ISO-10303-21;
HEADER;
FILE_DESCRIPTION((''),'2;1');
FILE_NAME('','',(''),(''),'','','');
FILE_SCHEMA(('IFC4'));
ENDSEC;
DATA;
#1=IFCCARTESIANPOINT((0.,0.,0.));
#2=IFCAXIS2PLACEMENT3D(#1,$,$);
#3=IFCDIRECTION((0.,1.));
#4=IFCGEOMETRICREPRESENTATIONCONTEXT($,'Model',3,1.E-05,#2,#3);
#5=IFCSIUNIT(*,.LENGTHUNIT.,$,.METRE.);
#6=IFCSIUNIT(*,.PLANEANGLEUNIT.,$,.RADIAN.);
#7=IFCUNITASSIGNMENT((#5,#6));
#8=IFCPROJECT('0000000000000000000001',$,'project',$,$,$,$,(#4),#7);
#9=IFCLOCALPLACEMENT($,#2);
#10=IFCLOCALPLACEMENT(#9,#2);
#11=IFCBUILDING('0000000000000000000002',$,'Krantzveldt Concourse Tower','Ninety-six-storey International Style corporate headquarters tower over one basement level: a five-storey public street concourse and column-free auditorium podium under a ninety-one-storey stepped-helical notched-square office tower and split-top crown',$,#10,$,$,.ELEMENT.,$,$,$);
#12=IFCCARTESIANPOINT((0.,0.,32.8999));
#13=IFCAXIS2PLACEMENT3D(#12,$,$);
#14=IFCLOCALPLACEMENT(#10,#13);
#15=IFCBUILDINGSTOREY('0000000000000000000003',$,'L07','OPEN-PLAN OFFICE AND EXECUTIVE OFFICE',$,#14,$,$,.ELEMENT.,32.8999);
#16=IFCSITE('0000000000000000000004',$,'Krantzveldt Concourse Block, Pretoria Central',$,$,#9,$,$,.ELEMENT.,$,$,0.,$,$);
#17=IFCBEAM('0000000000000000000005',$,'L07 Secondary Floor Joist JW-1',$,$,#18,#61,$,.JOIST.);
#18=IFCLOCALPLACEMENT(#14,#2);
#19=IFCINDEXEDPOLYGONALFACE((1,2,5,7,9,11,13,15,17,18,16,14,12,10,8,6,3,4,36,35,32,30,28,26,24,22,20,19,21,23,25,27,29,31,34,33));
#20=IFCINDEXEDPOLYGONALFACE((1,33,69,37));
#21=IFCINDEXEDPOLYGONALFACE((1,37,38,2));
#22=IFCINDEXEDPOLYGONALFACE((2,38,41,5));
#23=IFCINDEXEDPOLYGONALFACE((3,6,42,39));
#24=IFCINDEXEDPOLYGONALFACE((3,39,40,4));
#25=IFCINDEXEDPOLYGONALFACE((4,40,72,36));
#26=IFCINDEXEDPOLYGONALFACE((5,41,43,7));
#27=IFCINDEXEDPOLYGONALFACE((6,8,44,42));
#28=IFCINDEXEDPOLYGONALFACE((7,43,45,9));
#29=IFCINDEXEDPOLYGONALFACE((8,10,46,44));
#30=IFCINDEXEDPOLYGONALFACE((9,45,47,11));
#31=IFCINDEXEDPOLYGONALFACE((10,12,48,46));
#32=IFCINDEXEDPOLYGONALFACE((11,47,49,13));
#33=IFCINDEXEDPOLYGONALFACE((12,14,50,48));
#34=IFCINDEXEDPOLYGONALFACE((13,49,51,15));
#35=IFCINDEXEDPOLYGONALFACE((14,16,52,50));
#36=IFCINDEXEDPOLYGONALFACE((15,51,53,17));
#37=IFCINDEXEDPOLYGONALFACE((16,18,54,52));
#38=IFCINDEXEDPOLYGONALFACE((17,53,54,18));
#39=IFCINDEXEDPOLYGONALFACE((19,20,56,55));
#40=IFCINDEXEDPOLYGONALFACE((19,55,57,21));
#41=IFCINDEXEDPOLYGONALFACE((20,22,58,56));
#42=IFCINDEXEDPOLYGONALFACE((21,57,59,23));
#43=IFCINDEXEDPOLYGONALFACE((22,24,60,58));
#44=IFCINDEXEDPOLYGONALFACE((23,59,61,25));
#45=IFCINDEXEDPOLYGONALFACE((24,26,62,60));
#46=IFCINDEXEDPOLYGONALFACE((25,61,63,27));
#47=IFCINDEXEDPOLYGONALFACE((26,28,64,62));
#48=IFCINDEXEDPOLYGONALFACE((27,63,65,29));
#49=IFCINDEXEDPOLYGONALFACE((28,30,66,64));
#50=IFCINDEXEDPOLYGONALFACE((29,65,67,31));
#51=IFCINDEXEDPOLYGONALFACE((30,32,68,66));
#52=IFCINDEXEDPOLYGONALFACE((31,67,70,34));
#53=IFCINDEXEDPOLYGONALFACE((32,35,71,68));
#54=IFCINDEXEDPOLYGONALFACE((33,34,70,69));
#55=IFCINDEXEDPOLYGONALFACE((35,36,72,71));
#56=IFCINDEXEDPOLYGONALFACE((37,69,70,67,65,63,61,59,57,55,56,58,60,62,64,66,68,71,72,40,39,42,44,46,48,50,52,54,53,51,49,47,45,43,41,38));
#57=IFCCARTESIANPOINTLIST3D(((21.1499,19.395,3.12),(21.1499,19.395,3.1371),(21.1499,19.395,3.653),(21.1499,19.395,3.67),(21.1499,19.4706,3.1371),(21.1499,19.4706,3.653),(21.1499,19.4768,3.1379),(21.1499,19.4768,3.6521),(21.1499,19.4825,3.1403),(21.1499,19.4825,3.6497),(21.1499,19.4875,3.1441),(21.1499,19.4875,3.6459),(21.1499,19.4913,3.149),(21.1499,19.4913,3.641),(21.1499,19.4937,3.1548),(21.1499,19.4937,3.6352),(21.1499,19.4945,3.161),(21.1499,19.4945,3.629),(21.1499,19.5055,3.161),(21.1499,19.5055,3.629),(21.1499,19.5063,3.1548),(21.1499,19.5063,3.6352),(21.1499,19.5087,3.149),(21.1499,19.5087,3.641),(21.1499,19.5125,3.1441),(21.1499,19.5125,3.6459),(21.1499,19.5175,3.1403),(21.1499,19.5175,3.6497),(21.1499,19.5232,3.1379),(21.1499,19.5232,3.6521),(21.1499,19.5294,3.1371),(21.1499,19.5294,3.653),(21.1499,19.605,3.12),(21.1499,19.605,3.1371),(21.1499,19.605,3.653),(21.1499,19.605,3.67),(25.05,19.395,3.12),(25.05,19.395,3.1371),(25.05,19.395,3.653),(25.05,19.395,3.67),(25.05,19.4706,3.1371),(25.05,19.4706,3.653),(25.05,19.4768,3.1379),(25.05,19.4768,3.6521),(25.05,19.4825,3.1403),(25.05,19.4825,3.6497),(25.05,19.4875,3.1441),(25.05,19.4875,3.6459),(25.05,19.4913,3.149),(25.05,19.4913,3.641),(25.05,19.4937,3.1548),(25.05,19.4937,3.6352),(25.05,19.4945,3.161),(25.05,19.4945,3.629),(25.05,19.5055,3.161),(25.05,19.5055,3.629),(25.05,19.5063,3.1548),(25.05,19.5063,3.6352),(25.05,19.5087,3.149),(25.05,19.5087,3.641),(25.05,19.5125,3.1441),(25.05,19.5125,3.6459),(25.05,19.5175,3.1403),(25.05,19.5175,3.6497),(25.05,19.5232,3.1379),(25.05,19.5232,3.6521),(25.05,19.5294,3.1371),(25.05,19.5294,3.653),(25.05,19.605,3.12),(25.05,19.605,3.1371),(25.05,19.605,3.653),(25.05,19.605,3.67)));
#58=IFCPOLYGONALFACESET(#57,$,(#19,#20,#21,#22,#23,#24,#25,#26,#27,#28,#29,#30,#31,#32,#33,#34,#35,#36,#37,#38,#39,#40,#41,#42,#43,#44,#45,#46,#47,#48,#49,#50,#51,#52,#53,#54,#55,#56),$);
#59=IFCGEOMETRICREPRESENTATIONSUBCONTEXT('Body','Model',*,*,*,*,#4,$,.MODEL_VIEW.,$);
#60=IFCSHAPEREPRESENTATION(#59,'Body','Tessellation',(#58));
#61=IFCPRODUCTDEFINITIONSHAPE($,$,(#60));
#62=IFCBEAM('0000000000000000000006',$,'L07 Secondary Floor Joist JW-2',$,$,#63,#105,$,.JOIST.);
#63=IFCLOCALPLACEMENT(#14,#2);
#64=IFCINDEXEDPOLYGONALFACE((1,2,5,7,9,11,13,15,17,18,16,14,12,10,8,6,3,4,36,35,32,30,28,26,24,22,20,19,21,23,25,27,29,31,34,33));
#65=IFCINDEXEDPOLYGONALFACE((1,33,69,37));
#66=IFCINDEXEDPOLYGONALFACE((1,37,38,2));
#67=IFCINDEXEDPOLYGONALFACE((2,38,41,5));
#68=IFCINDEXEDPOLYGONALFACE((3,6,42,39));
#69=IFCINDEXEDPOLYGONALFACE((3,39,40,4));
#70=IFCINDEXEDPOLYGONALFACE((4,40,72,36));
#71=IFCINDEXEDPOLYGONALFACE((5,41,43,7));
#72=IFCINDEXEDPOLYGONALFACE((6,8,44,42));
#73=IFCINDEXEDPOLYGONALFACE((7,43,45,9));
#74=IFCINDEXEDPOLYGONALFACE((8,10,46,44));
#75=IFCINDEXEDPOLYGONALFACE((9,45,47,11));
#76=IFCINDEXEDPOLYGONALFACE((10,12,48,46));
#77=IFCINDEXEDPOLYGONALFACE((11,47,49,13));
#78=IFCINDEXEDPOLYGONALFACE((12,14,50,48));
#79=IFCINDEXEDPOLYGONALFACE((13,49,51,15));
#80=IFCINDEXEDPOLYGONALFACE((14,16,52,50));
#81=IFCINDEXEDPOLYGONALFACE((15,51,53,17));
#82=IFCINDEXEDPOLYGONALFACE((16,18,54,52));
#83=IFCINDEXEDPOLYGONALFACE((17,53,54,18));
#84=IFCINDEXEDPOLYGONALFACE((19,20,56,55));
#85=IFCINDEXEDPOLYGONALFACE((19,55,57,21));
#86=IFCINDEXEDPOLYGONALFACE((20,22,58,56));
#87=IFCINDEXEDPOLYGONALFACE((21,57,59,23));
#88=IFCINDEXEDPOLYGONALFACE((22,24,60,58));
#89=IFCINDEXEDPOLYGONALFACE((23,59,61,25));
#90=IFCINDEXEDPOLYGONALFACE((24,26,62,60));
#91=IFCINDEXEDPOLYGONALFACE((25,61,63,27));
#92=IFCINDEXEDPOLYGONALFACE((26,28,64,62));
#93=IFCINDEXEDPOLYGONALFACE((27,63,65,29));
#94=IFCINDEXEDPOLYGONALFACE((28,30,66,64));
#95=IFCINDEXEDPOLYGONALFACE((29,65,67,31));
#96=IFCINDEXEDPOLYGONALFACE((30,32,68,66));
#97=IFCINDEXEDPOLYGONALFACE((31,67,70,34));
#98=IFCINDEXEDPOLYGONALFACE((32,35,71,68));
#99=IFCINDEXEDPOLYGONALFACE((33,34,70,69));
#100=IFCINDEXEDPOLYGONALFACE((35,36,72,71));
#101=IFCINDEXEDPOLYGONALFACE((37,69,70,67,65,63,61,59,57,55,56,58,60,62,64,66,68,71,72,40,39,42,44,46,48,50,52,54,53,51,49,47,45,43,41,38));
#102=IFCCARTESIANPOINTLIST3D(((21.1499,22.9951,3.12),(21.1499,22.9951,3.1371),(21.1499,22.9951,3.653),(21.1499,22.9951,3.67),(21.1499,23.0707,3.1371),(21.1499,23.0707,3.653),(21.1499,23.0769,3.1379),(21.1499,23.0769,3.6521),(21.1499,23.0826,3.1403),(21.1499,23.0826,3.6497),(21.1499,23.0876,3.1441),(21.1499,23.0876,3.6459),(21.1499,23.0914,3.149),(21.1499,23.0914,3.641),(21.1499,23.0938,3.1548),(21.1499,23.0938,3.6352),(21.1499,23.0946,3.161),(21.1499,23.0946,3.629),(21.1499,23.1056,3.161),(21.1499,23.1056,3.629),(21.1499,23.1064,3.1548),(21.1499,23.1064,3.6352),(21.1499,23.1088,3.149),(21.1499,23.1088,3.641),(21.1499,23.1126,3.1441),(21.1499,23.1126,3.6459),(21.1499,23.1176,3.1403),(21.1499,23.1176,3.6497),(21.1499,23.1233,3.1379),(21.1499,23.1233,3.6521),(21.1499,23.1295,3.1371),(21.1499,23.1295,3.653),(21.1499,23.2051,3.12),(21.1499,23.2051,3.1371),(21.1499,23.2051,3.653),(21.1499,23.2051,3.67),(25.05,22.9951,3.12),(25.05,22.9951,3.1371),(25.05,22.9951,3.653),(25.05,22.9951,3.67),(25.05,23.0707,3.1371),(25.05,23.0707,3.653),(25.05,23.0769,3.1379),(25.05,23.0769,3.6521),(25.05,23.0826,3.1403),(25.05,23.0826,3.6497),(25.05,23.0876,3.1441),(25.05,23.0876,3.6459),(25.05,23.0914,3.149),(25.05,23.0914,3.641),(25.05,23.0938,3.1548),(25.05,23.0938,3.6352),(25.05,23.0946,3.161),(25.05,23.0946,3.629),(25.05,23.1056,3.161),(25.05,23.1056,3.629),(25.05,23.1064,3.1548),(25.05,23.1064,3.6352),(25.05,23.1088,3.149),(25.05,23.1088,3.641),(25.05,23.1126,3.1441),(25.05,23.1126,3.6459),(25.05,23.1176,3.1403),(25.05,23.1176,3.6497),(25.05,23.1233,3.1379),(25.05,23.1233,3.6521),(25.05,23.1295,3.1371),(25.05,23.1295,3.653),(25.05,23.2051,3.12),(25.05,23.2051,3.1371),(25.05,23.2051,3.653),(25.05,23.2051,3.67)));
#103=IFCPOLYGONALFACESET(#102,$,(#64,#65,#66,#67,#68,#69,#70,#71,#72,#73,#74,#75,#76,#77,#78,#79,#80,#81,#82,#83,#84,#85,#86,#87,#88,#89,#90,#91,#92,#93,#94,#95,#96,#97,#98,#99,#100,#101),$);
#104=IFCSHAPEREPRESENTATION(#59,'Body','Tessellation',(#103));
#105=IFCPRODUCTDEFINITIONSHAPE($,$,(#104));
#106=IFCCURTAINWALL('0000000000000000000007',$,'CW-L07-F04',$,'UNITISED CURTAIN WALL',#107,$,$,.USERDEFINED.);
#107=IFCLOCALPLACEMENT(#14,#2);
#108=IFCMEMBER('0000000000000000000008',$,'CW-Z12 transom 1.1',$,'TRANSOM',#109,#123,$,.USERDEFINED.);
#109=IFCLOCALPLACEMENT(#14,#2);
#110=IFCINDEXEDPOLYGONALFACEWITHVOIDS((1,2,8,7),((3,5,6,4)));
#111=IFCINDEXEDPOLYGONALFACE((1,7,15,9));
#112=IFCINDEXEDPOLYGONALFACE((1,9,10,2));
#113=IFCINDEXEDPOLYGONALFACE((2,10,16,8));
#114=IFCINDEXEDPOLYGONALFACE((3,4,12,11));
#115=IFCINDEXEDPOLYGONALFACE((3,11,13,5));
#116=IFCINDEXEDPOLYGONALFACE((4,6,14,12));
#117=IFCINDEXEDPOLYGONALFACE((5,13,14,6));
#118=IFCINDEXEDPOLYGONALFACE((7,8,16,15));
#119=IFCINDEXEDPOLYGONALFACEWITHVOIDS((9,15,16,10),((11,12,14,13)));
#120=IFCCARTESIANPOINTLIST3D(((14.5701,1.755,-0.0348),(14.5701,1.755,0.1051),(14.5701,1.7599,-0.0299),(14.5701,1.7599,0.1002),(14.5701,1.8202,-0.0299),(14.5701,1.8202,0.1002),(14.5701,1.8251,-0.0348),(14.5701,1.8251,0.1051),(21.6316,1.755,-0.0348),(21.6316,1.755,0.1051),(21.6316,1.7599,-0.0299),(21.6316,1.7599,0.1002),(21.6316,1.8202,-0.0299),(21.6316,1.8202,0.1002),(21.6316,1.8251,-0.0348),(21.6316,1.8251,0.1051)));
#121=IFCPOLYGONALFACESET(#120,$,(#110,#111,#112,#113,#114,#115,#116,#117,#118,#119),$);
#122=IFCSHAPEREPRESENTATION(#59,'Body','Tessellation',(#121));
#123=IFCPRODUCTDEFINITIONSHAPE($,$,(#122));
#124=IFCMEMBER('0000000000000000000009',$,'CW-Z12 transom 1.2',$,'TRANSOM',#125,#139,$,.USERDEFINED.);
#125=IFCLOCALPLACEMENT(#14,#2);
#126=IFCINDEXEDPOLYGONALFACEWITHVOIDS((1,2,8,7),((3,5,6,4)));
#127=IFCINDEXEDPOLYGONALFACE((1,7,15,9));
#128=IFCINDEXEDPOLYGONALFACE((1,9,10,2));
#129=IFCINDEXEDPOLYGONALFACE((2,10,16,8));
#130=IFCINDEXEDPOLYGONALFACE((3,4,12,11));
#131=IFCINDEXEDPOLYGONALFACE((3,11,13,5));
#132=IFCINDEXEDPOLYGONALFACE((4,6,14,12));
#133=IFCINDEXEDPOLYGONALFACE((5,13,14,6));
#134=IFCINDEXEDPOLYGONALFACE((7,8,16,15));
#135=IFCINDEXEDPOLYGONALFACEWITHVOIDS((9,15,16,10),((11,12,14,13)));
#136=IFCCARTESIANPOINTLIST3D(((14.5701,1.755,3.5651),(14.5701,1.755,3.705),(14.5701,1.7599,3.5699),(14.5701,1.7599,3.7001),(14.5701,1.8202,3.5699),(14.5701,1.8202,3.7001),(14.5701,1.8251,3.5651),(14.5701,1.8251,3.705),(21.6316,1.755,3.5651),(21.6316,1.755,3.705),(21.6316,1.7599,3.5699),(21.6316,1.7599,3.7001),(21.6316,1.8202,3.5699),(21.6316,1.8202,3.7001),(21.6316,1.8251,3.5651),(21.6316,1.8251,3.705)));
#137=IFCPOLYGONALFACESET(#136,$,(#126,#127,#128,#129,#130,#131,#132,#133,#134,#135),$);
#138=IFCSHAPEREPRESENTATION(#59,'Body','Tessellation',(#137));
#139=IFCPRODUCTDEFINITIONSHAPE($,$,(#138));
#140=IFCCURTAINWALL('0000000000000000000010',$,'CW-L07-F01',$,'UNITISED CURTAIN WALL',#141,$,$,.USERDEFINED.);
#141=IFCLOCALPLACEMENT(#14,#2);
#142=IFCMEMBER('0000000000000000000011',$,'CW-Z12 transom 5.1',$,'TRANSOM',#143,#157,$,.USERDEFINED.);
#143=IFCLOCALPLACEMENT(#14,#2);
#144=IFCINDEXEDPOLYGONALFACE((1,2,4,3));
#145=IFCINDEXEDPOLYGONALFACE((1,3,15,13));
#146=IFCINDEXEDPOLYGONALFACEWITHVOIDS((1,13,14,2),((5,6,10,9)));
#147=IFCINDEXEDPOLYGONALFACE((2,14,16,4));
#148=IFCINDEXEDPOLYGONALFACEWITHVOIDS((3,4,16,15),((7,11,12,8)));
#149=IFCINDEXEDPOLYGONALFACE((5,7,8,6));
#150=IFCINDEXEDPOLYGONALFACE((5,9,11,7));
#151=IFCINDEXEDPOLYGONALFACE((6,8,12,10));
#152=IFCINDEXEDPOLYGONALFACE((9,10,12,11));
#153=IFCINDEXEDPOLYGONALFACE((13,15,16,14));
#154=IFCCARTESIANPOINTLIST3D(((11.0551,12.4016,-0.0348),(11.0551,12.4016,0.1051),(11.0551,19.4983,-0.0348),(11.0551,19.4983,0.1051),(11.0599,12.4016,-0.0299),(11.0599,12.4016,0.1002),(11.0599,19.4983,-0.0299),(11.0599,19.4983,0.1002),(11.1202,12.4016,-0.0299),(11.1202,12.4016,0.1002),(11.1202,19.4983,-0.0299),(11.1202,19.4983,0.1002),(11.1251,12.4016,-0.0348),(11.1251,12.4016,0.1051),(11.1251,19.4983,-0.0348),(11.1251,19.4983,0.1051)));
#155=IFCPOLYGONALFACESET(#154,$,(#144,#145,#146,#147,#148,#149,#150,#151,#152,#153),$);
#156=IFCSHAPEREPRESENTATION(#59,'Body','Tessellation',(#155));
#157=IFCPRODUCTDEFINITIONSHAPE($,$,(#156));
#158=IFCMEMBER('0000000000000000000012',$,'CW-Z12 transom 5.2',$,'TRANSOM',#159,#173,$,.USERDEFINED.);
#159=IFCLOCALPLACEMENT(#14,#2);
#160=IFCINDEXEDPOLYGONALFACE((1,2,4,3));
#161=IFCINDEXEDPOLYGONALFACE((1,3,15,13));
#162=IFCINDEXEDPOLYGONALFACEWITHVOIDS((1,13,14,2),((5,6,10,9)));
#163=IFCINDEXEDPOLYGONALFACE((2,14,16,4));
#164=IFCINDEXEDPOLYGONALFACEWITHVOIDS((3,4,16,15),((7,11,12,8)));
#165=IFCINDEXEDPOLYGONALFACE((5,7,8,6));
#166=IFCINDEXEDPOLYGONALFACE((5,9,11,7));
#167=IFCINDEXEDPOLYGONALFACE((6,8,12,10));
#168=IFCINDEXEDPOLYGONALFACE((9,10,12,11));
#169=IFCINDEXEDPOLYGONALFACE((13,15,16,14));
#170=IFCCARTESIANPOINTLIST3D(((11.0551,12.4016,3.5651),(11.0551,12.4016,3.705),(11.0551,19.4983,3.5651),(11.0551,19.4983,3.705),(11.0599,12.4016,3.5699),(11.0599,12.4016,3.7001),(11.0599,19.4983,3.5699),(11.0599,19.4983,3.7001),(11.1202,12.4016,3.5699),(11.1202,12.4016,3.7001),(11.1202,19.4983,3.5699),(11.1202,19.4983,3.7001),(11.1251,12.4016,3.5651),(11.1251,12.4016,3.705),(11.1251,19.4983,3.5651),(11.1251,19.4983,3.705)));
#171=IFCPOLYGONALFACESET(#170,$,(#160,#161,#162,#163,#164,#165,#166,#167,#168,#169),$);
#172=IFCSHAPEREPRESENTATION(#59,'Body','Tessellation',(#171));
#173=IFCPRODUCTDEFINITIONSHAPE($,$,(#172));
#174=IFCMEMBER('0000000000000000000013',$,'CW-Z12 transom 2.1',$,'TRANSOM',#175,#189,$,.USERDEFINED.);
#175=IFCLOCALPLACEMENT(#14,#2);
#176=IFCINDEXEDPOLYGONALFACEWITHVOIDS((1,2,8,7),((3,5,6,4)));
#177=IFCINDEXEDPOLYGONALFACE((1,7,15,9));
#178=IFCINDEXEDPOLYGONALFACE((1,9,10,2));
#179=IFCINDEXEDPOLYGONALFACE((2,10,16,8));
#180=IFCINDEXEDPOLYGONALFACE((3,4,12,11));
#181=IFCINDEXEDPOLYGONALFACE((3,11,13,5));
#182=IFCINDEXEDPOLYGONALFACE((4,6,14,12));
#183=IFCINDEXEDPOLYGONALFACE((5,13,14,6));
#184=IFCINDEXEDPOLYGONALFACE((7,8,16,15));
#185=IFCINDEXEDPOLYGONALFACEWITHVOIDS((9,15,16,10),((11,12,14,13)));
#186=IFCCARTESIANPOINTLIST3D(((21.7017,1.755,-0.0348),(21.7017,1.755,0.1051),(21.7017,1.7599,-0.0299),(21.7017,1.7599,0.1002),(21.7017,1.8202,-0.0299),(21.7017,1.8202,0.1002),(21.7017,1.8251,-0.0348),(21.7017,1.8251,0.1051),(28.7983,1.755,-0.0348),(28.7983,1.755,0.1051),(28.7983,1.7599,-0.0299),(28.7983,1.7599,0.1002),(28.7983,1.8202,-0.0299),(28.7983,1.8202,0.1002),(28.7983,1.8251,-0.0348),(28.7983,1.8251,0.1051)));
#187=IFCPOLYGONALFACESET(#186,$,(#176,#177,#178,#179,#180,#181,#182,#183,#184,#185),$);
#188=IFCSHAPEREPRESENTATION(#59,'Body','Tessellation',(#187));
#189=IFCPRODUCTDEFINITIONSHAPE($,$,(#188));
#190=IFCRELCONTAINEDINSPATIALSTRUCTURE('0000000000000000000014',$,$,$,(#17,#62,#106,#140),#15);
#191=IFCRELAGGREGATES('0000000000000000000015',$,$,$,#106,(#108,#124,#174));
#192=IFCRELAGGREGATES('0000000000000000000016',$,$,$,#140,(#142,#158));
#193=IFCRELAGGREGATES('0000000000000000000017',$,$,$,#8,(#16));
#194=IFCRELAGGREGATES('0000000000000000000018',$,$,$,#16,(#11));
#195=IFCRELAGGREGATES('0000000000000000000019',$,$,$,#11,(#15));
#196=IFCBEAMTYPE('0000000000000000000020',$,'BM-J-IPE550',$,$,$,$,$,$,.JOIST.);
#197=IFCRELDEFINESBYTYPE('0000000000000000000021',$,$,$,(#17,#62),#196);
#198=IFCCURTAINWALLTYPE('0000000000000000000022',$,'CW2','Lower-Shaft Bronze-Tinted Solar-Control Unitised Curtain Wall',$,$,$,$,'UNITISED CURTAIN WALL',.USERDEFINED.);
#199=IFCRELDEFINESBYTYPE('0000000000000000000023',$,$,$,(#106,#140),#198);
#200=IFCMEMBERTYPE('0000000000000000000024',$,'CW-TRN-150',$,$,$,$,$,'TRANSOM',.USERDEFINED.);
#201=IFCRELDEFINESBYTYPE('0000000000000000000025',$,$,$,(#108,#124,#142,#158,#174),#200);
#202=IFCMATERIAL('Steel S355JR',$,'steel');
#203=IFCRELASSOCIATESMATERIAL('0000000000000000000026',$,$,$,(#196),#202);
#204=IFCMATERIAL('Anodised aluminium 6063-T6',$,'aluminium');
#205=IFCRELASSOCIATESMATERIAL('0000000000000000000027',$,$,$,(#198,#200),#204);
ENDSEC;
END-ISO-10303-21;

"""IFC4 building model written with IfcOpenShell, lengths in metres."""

from ifc_helpers import new_model, si_unit, direction, frame, origin, origin_2d, place, context, subcontext, project, spatial, hollow_rectangle, i_section, extrude, source, transform, mapped, material, material_profile, profile_set, type_object, type_shapes, element, aggregate, save


model = new_model("IFC4")

# Units and contexts
model_context = context("Model", 3, precision=1e-05, world=origin(), true_north=direction((0.0, 1.0)))
body_context = subcontext(model_context, "Body", "Model", "MODEL_VIEW")
ifc_project = project(units=[si_unit("LENGTHUNIT", "METRE"), si_unit("PLANEANGLEUNIT", "RADIAN")], contexts=[model_context])

# Site, building, storey
site_placement = place(None, origin())
site = spatial("IfcSite", under=ifc_project, at=site_placement, Name="Krantzveldt Concourse Block, Pretoria Central", CompositionType="ELEMENT", RefElevation=0.0)
building_placement = place(site_placement, origin())
building = spatial("IfcBuilding", under=site, at=building_placement, Name="Krantzveldt Concourse Tower", Description="Ninety-six-storey International Style corporate headquarters tower over one basement level: a five-storey public street concourse and column-free auditorium podium under a ninety-one-storey stepped-helical notched-square office tower and split-top crown", CompositionType="ELEMENT")
storey_placement = place(building_placement, frame((0.0, 0.0, 32.8999)))
storey = spatial("IfcBuildingStorey", under=building, at=storey_placement, Name="L07", Description="OPEN-PLAN OFFICE AND EXECUTIVE OFFICE", CompositionType="ELEMENT", Elevation=32.8999)

# Beams
ifc_material_1 = material(Name="Steel S355JR", Category="steel")
ifc_material_profile_1 = material_profile(ifc_material_1, i_section(OverallWidth=0.21, OverallDepth=0.55, WebThickness=0.011, FlangeThickness=0.0171, FilletRadius=0.0239, at=origin_2d()), Name="Steel S355JR", Category="steel")
ifc_profile_set_1 = profile_set([ifc_material_profile_1], Name="Steel S355JR - IPE 550")
beam_type_1 = type_object("IfcBeamType", Name="BM-J-IPE550", PredefinedType="JOIST", material=ifc_profile_set_1)
shared_shape_1 = source(origin(), body_context, "Body", "SweptSolid", [
    extrude(i_section(OverallWidth=0.21, OverallDepth=0.55, WebThickness=0.011, FlangeThickness=0.0171, FilletRadius=0.0239, at=origin_2d()), origin(), (0.0, 0.0, 1.0), 3.9001),
])
type_shapes(beam_type_1, [shared_shape_1])
for number, where, z_axis, x_axis, name in (
    (1, (21.1499, 19.5, 3.395), (1.0, 0.0, 0.0), (0.0, 1.0, 0.0), "L07 Secondary Floor Joist JW-1"),
    (2, (21.1499, 23.1001, 3.395), (1.0, 0.0, 0.0), (0.0, 1.0, 0.0), "L07 Secondary Floor Joist JW-2"),
):
    element("IfcBeam", number, at=place(storey_placement, frame(where, z_axis=z_axis, x_axis=x_axis)), inside=storey, type_object=beam_type_1, Name=name, PredefinedType="JOIST", context=body_context, shape_type="MappedRepresentation", body=[
        mapped(shared_shape_1, transform((0.0, 0.0, 0.0), x_axis=(1.0, 0.0, 0.0), y_axis=(0.0, 1.0, 0.0), z_axis=(0.0, 0.0, 1.0), scale=1.0)),
    ])

# Curtain walls, members
ifc_material_2 = material(Name="Anodised aluminium 6063-T6", Category="aluminium")
curtain_wall_type = type_object("IfcCurtainWallType", Name="CW2", Description="Lower-Shaft Bronze-Tinted Solar-Control Unitised Curtain Wall", ElementType="UNITISED CURTAIN WALL", PredefinedType="USERDEFINED", material=ifc_material_2)
curtain_wall_1_placement = place(storey_placement, origin())
curtain_wall_1 = element("IfcCurtainWall", 3, at=curtain_wall_1_placement, inside=storey, type_object=curtain_wall_type, Name="CW-L07-F04", ObjectType="UNITISED CURTAIN WALL", PredefinedType="USERDEFINED")
ifc_material_profile_2 = material_profile(ifc_material_2, hollow_rectangle(XDim=0.0701, YDim=0.1399, WallThickness=0.0049, at=origin_2d()), Name="Anodised aluminium 6063-T6", Category="aluminium")
ifc_profile_set_2 = profile_set([ifc_material_profile_2], Name="Anodised aluminium 6063-T6 - ALU-TRAN 140x70x5")
member_type_1 = type_object("IfcMemberType", Name="CW-TRN-150", ElementType="TRANSOM", PredefinedType="USERDEFINED", material=ifc_profile_set_2)
shared_shape_2 = source(origin(), body_context, "Body", "SweptSolid", [
    extrude(hollow_rectangle(XDim=0.0701, YDim=0.1399, WallThickness=0.0049, at=origin_2d()), origin(), (0.0, 0.0, 1.0), 7.0615),
])
member_1_placement = place(storey_placement, frame((14.5701, 1.79, 0.0352), z_axis=(1.0, 0.0, 0.0), x_axis=(0.0, 1.0, 0.0)))
member_1 = element("IfcMember", 4, at=member_1_placement, type_object=member_type_1, Name="CW-Z12 transom 1.1", ObjectType="TRANSOM", PredefinedType="USERDEFINED", context=body_context, shape_type="MappedRepresentation", body=[
    mapped(shared_shape_2, transform((0.0, 0.0, 0.0), x_axis=(1.0, 0.0, 0.0), y_axis=(0.0, 1.0, 0.0), z_axis=(0.0, 0.0, 1.0), scale=1.0)),
])
member_2_placement = place(storey_placement, frame((14.5701, 1.79, 3.635), z_axis=(1.0, 0.0, 0.0), x_axis=(0.0, 1.0, 0.0)))
member_2 = element("IfcMember", 5, at=member_2_placement, type_object=member_type_1, Name="CW-Z12 transom 1.2", ObjectType="TRANSOM", PredefinedType="USERDEFINED", context=body_context, shape_type="MappedRepresentation", body=[
    mapped(shared_shape_2, transform((0.0, 0.0, 0.0), x_axis=(1.0, 0.0, 0.0), y_axis=(0.0, 1.0, 0.0), z_axis=(0.0, 0.0, 1.0), scale=1.0)),
])
curtain_wall_2_placement = place(storey_placement, origin())
curtain_wall_2 = element("IfcCurtainWall", 6, at=curtain_wall_2_placement, inside=storey, type_object=curtain_wall_type, Name="CW-L07-F01", ObjectType="UNITISED CURTAIN WALL", PredefinedType="USERDEFINED")
shared_shape_3 = source(origin(), body_context, "Body", "SweptSolid", [
    extrude(hollow_rectangle(XDim=0.0701, YDim=0.1399, WallThickness=0.0049, at=origin_2d()), origin(), (0.0, 0.0, 1.0), 7.0967),
])
member_3_placement = place(storey_placement, frame((11.0901, 19.4983, 0.0352), z_axis=(0.0, -1.0, 0.0), x_axis=(1.0, 0.0, 0.0)))
member_3 = element("IfcMember", 7, at=member_3_placement, type_object=member_type_1, Name="CW-Z12 transom 5.1", ObjectType="TRANSOM", PredefinedType="USERDEFINED", context=body_context, shape_type="MappedRepresentation", body=[
    mapped(shared_shape_3, transform((0.0, 0.0, 0.0), x_axis=(1.0, 0.0, 0.0), y_axis=(0.0, 1.0, 0.0), z_axis=(0.0, 0.0, 1.0), scale=1.0)),
])
member_4_placement = place(storey_placement, frame((11.0901, 19.4983, 3.635), z_axis=(0.0, -1.0, 0.0), x_axis=(1.0, 0.0, 0.0)))
member_4 = element("IfcMember", 8, at=member_4_placement, type_object=member_type_1, Name="CW-Z12 transom 5.2", ObjectType="TRANSOM", PredefinedType="USERDEFINED", context=body_context, shape_type="MappedRepresentation", body=[
    mapped(shared_shape_3, transform((0.0, 0.0, 0.0), x_axis=(1.0, 0.0, 0.0), y_axis=(0.0, 1.0, 0.0), z_axis=(0.0, 0.0, 1.0), scale=1.0)),
])

# Member
member_5_placement = place(storey_placement, frame((21.7017, 1.79, 0.0352), z_axis=(1.0, 0.0, 0.0), x_axis=(0.0, 1.0, 0.0)))
member_5 = element("IfcMember", 9, at=member_5_placement, type_object=member_type_1, Name="CW-Z12 transom 2.1", ObjectType="TRANSOM", PredefinedType="USERDEFINED", context=body_context, shape_type="MappedRepresentation", body=[
    mapped(shared_shape_3, transform((0.0, 0.0, 0.0), x_axis=(1.0, 0.0, 0.0), y_axis=(0.0, 1.0, 0.0), z_axis=(0.0, 0.0, 1.0), scale=1.0)),
])

aggregate(curtain_wall_1, [member_1, member_2, member_5])
aggregate(curtain_wall_2, [member_3, member_4])

save(model, "model.ifc")
